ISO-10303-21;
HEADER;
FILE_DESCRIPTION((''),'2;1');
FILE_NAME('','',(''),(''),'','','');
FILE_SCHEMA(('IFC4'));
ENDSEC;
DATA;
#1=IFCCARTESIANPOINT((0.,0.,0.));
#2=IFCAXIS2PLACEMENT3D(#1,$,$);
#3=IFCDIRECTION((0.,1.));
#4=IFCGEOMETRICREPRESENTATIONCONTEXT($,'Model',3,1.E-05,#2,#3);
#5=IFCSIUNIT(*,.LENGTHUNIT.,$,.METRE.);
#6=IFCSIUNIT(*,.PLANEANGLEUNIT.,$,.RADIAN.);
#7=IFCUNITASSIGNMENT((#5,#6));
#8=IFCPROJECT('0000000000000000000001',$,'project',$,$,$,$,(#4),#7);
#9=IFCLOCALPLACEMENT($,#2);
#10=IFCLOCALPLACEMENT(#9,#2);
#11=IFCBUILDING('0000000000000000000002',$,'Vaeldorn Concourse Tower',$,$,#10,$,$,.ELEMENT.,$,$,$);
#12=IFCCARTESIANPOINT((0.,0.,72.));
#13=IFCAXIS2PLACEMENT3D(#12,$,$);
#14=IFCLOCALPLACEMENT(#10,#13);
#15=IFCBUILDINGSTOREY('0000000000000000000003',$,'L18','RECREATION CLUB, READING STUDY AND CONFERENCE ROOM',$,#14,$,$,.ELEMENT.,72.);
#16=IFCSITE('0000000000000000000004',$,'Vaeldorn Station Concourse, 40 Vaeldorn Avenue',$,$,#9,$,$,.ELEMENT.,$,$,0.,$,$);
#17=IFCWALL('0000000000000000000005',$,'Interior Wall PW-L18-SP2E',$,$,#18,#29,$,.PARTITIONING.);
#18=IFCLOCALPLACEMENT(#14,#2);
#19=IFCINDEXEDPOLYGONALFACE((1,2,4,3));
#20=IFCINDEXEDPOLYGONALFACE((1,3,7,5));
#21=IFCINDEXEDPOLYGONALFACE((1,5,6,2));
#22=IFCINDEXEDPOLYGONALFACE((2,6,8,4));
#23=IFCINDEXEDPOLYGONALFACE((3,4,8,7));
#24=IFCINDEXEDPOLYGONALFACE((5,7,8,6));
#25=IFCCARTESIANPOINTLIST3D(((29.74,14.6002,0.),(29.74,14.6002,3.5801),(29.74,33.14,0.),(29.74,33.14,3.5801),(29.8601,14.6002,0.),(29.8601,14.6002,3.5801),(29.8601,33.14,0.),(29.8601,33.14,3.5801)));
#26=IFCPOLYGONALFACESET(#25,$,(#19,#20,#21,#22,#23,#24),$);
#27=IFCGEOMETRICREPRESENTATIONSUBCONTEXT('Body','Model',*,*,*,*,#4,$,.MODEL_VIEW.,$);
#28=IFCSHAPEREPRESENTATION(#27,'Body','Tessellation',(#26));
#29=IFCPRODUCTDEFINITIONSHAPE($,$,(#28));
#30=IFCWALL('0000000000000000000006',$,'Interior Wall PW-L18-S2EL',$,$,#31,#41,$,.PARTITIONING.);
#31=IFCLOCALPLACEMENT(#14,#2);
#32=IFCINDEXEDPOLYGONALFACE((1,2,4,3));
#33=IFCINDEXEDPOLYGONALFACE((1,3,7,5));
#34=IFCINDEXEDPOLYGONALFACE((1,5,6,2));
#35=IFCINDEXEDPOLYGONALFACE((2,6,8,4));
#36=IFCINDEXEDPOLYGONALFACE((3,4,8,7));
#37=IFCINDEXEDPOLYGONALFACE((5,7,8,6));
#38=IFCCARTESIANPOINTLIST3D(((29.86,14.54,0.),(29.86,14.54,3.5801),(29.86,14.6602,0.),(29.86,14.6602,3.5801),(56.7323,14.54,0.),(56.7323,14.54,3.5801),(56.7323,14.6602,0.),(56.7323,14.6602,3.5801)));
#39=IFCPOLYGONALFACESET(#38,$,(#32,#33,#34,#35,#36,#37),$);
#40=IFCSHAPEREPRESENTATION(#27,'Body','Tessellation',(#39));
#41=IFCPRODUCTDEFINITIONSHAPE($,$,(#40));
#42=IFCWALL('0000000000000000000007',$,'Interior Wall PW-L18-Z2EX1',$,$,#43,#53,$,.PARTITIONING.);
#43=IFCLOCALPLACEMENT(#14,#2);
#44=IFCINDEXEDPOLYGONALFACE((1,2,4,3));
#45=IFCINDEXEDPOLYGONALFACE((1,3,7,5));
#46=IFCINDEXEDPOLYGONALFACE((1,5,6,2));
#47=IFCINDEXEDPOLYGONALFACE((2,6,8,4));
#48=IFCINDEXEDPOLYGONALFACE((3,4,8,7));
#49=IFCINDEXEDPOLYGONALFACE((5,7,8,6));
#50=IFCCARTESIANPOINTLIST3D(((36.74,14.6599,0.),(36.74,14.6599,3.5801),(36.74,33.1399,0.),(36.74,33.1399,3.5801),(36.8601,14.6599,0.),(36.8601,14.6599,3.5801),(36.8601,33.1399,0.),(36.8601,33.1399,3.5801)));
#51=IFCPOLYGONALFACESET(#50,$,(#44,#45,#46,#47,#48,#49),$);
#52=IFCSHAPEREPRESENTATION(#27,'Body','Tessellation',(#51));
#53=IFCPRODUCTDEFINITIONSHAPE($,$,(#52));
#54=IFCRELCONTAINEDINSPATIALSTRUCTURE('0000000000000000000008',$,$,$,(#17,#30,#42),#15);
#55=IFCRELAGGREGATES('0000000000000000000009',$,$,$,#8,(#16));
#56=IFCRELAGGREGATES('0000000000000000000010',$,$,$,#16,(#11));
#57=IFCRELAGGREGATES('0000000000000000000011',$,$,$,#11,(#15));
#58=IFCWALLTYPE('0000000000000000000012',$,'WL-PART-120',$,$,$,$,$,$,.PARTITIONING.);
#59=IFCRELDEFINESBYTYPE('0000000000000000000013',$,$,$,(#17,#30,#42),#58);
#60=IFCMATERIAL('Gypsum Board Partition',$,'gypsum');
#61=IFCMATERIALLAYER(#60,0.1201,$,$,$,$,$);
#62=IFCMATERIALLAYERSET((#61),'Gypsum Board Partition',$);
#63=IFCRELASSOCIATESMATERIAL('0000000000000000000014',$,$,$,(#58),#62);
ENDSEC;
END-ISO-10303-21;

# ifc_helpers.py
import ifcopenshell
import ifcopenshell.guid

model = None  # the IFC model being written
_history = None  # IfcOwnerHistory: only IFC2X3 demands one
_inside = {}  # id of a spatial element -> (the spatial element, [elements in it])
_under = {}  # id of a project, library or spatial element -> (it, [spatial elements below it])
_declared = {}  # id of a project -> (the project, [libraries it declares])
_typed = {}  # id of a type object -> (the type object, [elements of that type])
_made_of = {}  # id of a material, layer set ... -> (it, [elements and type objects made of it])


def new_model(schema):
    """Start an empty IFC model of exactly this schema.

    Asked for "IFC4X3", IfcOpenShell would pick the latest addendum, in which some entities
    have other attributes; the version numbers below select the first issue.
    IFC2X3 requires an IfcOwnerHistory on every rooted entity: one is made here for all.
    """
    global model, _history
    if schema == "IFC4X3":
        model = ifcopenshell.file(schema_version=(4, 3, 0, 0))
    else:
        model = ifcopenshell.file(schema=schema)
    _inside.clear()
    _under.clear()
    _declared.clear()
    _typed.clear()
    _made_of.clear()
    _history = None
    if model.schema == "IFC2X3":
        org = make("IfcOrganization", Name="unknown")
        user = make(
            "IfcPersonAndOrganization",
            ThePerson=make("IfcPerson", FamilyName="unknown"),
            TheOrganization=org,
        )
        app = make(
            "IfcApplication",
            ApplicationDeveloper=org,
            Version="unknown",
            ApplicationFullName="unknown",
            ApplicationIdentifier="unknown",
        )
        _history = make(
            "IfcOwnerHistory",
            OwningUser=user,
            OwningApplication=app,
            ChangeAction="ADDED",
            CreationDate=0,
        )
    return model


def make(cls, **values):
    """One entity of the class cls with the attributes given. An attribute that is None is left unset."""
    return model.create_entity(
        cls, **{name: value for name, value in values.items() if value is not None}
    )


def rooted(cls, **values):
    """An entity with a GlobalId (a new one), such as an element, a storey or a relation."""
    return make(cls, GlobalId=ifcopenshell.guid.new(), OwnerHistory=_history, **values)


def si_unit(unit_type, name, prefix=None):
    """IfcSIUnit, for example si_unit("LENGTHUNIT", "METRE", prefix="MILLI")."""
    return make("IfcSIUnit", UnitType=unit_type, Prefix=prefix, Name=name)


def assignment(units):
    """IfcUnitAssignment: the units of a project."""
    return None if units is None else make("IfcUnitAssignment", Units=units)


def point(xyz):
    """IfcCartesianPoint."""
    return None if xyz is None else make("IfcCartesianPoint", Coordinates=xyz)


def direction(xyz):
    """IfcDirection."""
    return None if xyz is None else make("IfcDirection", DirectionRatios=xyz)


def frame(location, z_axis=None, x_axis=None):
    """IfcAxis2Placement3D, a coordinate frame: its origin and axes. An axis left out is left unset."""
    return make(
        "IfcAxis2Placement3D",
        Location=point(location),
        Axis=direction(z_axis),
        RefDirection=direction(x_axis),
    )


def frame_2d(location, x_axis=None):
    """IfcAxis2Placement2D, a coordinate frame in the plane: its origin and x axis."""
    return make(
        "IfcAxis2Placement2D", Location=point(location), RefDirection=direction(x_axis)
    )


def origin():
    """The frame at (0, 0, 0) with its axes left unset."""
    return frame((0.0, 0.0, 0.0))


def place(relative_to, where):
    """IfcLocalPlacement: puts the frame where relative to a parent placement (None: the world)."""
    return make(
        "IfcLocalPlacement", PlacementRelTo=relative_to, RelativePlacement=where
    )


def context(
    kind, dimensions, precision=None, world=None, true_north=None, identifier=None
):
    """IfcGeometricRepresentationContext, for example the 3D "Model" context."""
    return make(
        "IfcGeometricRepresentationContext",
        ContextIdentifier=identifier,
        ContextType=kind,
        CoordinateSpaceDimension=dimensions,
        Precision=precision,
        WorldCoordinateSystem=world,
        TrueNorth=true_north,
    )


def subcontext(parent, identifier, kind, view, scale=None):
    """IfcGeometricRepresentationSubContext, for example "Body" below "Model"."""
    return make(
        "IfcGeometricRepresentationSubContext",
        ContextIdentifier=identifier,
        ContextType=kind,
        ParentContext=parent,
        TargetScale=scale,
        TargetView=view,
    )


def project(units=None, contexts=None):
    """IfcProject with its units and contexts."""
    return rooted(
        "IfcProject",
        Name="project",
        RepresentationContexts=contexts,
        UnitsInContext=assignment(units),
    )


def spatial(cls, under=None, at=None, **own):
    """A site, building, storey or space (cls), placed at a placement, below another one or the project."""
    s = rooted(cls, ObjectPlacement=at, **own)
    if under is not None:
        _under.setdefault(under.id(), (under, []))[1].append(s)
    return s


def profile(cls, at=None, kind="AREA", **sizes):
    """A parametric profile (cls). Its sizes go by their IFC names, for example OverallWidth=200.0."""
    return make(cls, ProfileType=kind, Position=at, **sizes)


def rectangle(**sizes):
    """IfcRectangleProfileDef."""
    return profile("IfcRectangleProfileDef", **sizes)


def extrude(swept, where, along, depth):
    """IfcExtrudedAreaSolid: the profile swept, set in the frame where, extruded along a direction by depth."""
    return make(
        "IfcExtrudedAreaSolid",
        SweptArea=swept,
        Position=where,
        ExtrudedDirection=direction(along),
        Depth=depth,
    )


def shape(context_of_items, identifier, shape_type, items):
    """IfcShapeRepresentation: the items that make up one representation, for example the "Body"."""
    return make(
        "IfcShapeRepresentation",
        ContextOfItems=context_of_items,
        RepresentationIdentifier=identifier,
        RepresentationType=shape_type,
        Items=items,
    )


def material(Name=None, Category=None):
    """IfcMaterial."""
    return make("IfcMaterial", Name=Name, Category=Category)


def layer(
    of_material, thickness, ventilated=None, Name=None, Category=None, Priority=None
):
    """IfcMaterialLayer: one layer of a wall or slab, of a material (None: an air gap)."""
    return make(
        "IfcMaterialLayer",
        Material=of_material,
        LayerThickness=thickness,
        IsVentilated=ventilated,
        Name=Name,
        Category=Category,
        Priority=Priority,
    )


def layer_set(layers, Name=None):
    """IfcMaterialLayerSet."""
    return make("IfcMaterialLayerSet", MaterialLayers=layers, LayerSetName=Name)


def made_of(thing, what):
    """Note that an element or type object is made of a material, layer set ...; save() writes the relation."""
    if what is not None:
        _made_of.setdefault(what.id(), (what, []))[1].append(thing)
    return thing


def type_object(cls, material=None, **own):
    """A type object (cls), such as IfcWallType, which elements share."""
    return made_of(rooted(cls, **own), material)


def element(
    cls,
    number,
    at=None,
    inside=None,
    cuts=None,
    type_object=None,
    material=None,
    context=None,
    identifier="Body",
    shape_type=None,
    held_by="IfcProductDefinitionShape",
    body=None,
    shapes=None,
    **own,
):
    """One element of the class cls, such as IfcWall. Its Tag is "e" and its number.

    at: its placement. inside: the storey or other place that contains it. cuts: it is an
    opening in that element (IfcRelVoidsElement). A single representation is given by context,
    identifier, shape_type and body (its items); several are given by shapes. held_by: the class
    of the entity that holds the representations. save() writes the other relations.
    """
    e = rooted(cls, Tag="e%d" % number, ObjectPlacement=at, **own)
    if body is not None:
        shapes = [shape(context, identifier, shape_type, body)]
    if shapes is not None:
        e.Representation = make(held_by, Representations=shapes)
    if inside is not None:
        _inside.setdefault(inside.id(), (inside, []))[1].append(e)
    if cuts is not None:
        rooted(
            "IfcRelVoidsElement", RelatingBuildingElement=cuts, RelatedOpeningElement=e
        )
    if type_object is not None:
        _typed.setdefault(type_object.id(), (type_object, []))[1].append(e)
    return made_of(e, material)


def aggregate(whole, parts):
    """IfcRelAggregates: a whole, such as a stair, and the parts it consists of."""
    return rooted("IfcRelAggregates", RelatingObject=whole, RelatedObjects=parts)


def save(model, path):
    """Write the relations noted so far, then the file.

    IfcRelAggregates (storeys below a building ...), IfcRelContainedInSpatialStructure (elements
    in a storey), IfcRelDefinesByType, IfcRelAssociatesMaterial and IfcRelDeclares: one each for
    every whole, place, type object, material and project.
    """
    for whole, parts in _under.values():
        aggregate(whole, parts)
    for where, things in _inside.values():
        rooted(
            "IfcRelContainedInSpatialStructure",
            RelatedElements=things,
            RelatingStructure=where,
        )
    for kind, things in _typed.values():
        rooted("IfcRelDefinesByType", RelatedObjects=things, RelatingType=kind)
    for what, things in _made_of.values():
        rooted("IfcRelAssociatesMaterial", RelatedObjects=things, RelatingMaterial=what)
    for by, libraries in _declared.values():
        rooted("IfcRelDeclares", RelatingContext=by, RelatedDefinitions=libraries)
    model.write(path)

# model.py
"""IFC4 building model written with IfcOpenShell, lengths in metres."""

from ifc_helpers import new_model, si_unit, direction, frame, frame_2d, origin, place, context, subcontext, project, spatial, rectangle, extrude, material, layer, layer_set, type_object, element, save


model = new_model("IFC4")

# Units and contexts
model_context = context("Model", 3, precision=1e-05, world=origin(), true_north=direction((0.0, 1.0)))
body_context = subcontext(model_context, "Body", "Model", "MODEL_VIEW")
ifc_project = project(units=[si_unit("LENGTHUNIT", "METRE"), si_unit("PLANEANGLEUNIT", "RADIAN")], contexts=[model_context])

# Site, building, storey
site_placement = place(None, origin())
site = spatial("IfcSite", under=ifc_project, at=site_placement, Name="Vaeldorn Station Concourse, 40 Vaeldorn Avenue", CompositionType="ELEMENT", RefElevation=0.0)
building_placement = place(site_placement, origin())
building = spatial("IfcBuilding", under=site, at=building_placement, Name="Vaeldorn Concourse Tower", CompositionType="ELEMENT")
storey_placement = place(building_placement, frame((0.0, 0.0, 72.0)))
storey = spatial("IfcBuildingStorey", under=building, at=storey_placement, Name="L18", Description="RECREATION CLUB, READING STUDY AND CONFERENCE ROOM", CompositionType="ELEMENT", Elevation=72.0)

# Shared definitions
ifc_material_1 = material(Name="Gypsum Board Partition", Category="gypsum")
ifc_layer_1 = layer(ifc_material_1, 0.1201)
ifc_layer_set_1 = layer_set([ifc_layer_1], Name="Gypsum Board Partition")
wall_type_1 = type_object("IfcWallType", Name="WL-PART-120", PredefinedType="PARTITIONING", material=ifc_layer_set_1)

# Walls
wall_1_placement = place(storey_placement, frame((29.8, 14.6001, 0.0), z_axis=(0.0, 0.0, 1.0), x_axis=(0.0, 1.0, 0.0)))
element("IfcWall", 1, at=wall_1_placement, inside=storey, type_object=wall_type_1, Name="Interior Wall PW-L18-SP2E", PredefinedType="PARTITIONING", context=body_context, shape_type="SweptSolid", body=[
    extrude(rectangle(XDim=18.5398, YDim=0.1201, at=frame_2d((9.27, 0.0))), origin(), (0.0, 0.0, 1.0), 3.5801),
])
wall_2_placement = place(storey_placement, frame((29.8601, 14.6001, 0.0), z_axis=(0.0, 0.0, 1.0), x_axis=(1.0, 0.0, 0.0)))
element("IfcWall", 2, at=wall_2_placement, inside=storey, type_object=wall_type_1, Name="Interior Wall PW-L18-S2EL", PredefinedType="PARTITIONING", context=body_context, shape_type="SweptSolid", body=[
    extrude(rectangle(XDim=26.8723, YDim=0.1201, at=frame_2d((13.436, 0.0))), origin(), (0.0, 0.0, 1.0), 3.5801),
])
wall_3_placement = place(storey_placement, frame((36.8, 14.6599, 0.0), z_axis=(0.0, 0.0, 1.0), x_axis=(0.0, 1.0, 0.0)))
element("IfcWall", 3, at=wall_3_placement, inside=storey, type_object=wall_type_1, Name="Interior Wall PW-L18-Z2EX1", PredefinedType="PARTITIONING", context=body_context, shape_type="SweptSolid", body=[
    extrude(rectangle(XDim=18.48, YDim=0.1201, at=frame_2d((9.24, 0.0))), origin(), (0.0, 0.0, 1.0), 3.5801),
])

save(model, "model.ifc")
